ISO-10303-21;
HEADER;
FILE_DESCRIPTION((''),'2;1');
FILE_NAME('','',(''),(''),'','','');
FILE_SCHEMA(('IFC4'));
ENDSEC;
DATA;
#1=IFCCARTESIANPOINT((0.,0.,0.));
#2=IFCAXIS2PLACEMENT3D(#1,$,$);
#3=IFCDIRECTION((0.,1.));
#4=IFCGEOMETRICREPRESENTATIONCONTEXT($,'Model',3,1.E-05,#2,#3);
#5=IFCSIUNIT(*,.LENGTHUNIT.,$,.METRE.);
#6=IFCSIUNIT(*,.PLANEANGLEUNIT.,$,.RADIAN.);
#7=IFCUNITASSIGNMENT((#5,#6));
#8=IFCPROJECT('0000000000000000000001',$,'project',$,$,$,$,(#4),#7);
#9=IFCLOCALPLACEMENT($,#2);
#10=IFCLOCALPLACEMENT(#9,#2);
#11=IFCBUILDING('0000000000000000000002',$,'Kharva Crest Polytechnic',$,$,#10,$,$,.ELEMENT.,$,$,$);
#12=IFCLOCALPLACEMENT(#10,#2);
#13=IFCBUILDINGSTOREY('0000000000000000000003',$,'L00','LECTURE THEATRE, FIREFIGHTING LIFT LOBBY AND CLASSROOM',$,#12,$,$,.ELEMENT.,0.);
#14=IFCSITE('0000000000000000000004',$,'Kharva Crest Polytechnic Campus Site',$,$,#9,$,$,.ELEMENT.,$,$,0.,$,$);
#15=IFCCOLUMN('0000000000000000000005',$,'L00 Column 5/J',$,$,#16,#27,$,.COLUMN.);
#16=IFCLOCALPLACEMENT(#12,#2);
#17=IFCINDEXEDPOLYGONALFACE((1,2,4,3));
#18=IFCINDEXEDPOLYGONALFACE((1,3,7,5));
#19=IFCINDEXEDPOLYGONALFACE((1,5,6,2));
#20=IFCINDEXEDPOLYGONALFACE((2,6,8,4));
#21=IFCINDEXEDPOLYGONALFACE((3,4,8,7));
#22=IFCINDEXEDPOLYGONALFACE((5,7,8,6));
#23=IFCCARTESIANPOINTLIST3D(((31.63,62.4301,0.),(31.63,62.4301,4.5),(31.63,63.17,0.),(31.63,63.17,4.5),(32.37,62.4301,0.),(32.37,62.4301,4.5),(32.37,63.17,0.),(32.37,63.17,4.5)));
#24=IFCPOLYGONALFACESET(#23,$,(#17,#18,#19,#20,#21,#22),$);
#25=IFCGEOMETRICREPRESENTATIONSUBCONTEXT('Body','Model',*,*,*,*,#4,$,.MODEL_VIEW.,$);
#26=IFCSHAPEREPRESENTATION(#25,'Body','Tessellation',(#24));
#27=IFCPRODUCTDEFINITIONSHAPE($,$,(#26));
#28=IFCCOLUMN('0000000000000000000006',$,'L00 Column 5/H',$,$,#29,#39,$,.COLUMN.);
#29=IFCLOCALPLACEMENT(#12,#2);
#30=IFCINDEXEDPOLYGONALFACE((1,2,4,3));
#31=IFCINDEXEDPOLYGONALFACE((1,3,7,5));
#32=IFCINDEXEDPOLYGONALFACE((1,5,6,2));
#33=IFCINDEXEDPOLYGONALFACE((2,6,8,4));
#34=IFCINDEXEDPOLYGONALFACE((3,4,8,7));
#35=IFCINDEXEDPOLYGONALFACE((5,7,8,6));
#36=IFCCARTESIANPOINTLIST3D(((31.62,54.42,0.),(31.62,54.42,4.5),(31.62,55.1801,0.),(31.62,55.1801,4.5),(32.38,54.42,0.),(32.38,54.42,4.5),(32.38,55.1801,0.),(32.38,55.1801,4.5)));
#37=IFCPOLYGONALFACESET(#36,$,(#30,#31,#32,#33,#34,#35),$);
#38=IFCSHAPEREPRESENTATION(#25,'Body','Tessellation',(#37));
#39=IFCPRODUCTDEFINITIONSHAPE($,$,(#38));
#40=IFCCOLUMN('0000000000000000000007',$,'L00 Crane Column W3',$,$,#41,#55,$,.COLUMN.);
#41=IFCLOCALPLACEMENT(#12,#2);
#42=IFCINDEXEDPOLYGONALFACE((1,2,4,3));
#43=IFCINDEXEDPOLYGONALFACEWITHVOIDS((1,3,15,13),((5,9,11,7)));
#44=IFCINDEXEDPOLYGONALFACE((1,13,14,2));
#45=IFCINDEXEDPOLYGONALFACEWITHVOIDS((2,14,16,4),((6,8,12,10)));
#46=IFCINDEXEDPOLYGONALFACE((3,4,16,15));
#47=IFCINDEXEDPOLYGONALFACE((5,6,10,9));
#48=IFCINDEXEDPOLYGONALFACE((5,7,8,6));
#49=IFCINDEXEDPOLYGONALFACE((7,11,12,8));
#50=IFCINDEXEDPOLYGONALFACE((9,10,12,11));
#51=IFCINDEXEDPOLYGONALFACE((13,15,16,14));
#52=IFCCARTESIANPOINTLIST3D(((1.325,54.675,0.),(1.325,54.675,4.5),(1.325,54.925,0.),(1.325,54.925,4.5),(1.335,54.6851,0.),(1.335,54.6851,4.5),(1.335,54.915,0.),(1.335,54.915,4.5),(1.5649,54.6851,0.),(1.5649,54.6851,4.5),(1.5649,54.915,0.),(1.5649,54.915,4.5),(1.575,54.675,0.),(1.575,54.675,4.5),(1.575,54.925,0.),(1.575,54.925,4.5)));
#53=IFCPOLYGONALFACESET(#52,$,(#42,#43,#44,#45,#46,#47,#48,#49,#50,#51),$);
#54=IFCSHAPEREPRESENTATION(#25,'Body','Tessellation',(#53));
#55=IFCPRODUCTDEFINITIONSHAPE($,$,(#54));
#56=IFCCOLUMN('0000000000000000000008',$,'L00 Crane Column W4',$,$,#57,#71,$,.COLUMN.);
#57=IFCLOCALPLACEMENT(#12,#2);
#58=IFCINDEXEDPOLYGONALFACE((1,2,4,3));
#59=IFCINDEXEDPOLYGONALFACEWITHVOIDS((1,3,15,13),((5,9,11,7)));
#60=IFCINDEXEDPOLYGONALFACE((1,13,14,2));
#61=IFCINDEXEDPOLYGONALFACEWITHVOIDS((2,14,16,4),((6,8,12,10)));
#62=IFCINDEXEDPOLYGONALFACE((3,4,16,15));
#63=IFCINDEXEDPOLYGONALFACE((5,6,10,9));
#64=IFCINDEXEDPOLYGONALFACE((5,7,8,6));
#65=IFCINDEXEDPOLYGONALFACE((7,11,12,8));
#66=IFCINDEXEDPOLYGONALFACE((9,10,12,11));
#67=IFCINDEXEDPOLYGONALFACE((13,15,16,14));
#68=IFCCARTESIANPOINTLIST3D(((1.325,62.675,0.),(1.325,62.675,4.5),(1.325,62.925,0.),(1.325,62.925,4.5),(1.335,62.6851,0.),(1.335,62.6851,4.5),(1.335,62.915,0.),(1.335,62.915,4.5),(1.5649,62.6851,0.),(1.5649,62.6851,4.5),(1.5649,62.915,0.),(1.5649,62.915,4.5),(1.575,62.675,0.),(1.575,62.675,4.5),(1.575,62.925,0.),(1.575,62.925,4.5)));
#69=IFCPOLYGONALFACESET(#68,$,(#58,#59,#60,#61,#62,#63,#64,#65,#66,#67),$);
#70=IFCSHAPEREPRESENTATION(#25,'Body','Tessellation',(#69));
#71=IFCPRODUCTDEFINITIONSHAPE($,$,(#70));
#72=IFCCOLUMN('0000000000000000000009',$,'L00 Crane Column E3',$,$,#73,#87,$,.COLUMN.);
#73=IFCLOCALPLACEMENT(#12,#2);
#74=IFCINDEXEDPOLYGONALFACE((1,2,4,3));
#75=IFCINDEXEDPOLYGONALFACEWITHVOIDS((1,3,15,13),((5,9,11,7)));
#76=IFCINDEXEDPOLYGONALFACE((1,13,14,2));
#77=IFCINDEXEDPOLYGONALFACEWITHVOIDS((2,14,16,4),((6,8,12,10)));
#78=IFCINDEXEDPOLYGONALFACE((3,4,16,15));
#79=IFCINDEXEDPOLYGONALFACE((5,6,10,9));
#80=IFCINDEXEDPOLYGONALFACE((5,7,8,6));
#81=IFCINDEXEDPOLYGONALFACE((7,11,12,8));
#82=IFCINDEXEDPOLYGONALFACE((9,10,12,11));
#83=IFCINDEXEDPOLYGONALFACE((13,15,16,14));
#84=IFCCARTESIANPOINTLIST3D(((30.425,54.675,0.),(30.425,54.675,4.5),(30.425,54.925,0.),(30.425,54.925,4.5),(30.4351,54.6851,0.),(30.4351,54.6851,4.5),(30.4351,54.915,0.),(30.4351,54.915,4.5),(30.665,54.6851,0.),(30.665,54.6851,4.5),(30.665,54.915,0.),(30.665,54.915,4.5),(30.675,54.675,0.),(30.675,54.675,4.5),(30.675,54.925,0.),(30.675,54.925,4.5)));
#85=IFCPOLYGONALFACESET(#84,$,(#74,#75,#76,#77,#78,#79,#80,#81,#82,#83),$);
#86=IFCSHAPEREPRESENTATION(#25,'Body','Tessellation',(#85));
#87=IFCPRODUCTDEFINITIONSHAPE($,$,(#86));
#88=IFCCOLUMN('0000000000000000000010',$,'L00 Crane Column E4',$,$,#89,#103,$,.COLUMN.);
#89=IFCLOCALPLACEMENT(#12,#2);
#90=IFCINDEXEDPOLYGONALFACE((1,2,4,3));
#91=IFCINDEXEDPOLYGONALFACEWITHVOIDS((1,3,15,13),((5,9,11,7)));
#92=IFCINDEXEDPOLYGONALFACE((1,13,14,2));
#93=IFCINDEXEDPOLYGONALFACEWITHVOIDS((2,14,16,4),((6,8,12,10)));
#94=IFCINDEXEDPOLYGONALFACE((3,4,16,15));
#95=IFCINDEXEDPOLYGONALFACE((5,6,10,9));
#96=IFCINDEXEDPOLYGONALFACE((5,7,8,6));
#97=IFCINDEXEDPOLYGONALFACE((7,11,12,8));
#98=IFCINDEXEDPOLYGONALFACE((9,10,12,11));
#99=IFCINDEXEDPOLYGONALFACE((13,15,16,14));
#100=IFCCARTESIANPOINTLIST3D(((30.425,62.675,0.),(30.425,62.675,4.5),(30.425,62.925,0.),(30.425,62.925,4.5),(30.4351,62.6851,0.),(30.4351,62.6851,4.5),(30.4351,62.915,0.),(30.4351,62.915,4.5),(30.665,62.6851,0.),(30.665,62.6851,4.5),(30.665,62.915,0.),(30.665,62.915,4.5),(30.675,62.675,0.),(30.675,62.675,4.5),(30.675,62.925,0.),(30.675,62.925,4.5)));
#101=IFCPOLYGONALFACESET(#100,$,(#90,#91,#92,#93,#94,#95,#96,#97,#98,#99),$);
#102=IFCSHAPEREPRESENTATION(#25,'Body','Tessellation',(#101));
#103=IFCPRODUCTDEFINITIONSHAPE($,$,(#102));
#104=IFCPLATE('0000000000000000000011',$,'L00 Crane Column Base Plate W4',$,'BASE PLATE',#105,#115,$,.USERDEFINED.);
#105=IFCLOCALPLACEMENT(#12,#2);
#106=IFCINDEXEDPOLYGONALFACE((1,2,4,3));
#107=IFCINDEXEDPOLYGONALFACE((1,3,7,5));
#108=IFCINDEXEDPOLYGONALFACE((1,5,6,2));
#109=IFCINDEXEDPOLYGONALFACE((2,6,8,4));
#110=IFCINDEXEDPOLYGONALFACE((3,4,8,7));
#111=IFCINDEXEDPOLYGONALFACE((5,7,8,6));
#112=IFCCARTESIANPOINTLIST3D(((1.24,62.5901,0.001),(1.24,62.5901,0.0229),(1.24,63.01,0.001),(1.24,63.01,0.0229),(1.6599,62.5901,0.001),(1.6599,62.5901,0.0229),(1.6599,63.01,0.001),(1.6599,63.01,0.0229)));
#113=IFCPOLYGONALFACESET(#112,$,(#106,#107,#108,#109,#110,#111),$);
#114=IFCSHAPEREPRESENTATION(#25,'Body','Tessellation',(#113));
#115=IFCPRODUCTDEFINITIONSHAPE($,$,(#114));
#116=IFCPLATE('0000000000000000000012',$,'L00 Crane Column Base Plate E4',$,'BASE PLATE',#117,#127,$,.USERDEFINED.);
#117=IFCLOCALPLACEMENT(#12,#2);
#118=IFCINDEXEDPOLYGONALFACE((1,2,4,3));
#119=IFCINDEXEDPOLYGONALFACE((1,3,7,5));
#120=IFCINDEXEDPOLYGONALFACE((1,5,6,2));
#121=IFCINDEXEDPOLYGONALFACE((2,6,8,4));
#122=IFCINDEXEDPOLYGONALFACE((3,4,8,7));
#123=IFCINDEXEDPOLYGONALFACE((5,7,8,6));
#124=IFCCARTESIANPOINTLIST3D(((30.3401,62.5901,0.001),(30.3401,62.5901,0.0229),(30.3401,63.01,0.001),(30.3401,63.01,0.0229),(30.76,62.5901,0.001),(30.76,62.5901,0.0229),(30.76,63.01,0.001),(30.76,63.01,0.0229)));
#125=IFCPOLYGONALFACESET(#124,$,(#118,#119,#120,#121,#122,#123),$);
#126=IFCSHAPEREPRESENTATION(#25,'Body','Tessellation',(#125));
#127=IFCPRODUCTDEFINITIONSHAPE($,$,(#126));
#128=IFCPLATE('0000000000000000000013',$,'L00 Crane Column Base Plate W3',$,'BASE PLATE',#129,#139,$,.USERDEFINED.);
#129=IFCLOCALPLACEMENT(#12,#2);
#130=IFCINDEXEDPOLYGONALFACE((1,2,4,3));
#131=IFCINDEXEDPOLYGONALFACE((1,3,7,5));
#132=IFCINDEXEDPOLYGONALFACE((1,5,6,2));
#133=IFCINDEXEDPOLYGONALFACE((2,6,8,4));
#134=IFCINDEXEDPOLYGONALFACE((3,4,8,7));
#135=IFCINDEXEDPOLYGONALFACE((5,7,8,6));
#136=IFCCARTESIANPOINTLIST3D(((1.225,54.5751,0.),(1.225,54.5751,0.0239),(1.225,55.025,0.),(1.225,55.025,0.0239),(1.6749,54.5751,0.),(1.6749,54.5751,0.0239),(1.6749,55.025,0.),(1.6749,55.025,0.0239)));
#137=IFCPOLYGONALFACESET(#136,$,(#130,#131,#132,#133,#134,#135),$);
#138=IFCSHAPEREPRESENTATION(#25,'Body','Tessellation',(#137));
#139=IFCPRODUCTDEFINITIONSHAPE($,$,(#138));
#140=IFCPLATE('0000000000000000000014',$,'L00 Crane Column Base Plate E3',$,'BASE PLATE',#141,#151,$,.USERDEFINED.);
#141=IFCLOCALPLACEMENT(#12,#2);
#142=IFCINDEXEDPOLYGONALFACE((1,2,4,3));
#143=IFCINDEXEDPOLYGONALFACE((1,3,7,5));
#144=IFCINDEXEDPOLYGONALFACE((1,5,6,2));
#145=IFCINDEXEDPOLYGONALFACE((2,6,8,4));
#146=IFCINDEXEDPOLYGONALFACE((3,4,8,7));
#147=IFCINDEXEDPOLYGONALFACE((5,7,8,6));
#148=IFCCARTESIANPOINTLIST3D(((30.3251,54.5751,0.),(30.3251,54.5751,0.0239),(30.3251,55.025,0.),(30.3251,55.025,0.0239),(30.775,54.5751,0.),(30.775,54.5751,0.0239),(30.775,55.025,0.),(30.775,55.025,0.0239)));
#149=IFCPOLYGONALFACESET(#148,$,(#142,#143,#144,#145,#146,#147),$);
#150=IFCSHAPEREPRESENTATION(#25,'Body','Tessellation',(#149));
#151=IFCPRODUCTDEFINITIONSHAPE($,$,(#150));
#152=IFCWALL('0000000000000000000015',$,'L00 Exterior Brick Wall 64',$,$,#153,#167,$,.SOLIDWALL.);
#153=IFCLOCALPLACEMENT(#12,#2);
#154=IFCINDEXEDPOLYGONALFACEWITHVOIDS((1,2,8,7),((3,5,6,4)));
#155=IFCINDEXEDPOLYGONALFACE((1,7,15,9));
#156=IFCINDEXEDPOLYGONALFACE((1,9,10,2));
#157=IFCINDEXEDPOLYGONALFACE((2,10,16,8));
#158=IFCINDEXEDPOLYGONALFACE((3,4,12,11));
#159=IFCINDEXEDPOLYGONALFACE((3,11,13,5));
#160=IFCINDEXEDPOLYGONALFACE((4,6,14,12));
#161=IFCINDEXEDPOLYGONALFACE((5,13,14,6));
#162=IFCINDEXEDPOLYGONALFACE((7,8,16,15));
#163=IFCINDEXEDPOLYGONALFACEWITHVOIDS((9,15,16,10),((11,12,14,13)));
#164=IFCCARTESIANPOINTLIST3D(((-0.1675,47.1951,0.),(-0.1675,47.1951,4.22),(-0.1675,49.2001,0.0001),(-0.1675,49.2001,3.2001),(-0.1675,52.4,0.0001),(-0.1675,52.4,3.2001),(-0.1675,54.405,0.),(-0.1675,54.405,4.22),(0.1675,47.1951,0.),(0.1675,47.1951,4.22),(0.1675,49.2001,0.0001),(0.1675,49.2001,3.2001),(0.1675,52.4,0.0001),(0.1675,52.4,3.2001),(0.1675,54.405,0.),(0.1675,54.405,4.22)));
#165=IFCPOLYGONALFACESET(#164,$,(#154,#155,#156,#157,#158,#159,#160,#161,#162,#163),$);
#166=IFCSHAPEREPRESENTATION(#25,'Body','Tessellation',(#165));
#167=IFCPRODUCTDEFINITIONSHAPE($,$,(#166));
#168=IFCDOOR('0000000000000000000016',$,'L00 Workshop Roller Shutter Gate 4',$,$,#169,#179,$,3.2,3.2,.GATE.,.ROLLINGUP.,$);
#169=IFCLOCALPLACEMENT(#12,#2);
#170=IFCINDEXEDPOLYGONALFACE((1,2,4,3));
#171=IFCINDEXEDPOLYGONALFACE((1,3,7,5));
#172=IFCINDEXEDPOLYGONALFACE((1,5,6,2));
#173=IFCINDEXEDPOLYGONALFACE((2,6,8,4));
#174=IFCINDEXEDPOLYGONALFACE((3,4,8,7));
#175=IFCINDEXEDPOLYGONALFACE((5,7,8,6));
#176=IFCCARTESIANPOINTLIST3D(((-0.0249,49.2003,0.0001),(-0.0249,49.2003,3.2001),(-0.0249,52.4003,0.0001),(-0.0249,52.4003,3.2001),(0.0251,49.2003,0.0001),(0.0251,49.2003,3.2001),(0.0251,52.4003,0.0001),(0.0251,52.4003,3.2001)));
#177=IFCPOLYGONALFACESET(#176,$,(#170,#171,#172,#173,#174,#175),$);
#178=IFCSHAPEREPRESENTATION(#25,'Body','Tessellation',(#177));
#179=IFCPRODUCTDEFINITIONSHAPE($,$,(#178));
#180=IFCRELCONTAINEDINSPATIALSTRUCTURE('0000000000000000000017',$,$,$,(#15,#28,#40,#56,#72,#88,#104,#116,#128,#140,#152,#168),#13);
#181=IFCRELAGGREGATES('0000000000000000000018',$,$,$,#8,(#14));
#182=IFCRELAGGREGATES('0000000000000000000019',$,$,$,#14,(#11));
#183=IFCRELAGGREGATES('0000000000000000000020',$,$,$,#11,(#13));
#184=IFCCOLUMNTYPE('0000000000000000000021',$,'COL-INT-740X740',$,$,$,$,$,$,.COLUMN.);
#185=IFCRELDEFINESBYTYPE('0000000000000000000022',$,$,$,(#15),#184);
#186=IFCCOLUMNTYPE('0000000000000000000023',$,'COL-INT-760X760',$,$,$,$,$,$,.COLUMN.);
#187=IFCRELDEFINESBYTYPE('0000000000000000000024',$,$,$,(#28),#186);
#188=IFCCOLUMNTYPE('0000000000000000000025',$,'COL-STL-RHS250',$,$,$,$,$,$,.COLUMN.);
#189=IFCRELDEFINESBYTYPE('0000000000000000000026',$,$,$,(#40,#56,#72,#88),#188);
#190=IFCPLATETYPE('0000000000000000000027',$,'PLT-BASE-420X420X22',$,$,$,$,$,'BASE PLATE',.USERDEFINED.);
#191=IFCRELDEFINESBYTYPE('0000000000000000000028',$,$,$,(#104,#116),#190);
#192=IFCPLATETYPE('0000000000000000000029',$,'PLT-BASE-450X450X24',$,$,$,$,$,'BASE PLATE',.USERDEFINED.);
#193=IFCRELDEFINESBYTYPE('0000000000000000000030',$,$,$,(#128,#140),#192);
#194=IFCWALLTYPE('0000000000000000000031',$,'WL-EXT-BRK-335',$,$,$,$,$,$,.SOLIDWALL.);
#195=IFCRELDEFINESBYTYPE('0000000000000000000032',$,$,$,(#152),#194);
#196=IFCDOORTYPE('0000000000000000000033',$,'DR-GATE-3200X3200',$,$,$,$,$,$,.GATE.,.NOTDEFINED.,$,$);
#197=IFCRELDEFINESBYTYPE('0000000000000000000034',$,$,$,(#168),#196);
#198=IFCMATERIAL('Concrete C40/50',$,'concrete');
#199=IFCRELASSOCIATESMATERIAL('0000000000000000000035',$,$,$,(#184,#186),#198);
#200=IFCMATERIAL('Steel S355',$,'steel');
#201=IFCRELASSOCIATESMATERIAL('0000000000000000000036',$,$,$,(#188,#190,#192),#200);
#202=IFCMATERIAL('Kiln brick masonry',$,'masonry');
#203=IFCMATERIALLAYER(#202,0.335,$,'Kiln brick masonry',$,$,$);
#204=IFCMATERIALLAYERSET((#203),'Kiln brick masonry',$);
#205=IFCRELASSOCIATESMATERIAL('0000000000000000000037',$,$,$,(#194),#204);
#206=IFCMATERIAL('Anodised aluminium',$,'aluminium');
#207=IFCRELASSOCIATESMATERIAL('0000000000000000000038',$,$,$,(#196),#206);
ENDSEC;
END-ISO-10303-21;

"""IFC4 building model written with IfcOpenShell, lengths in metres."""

from ifc_helpers import new_model, si_unit, direction, frame, frame_2d, origin, origin_2d, place, context, subcontext, project, spatial, rectangle, hollow_rectangle, extrude, material, layer, layer_set, material_profile, profile_set, type_object, element, fill, save


model = new_model("IFC4")

# Units and contexts
model_context = context("Model", 3, precision=1e-05, world=origin(), true_north=direction((0.0, 1.0)))
body_context = subcontext(model_context, "Body", "Model", "MODEL_VIEW")
ifc_project = project(units=[si_unit("LENGTHUNIT", "METRE"), si_unit("PLANEANGLEUNIT", "RADIAN")], contexts=[model_context])

# Site, building, storey
site_placement = place(None, origin())
site = spatial("IfcSite", under=ifc_project, at=site_placement, Name="Kharva Crest Polytechnic Campus Site", CompositionType="ELEMENT", RefElevation=0.0)
building_placement = place(site_placement, origin())
building = spatial("IfcBuilding", under=site, at=building_placement, Name="Kharva Crest Polytechnic", CompositionType="ELEMENT")
storey_placement = place(building_placement, origin())
storey = spatial("IfcBuildingStorey", under=building, at=storey_placement, Name="L00", Description="LECTURE THEATRE, FIREFIGHTING LIFT LOBBY AND CLASSROOM", CompositionType="ELEMENT", Elevation=0.0)

# Columns
ifc_material_1 = material(Name="Concrete C40/50", Category="concrete")
ifc_material_profile_1 = material_profile(ifc_material_1, rectangle(XDim=0.74, YDim=0.74, at=origin_2d()), Name="RECT 740 X 740")
ifc_profile_set_1 = profile_set([ifc_material_profile_1], Name="Concrete C40/50")
column_type_1 = type_object("IfcColumnType", Name="COL-INT-740X740", PredefinedType="COLUMN", material=ifc_profile_set_1)
column_1_placement = place(storey_placement, frame((32.0, 62.8, 0.0), z_axis=(0.0, 0.0, 1.0), x_axis=(1.0, 0.0, 0.0)))
element("IfcColumn", 1, at=column_1_placement, inside=storey, type_object=column_type_1, Name="L00 Column 5/J", PredefinedType="COLUMN", context=body_context, shape_type="SweptSolid", body=[
    extrude(rectangle(XDim=0.74, YDim=0.74, at=origin_2d()), origin(), (0.0, 0.0, 1.0), 4.5),
])
ifc_material_profile_2 = material_profile(ifc_material_1, rectangle(XDim=0.76, YDim=0.76, at=origin_2d()), Name="RECT 760 X 760")
ifc_profile_set_2 = profile_set([ifc_material_profile_2], Name="Concrete C40/50")
column_type_2 = type_object("IfcColumnType", Name="COL-INT-760X760", PredefinedType="COLUMN", material=ifc_profile_set_2)
column_2_placement = place(storey_placement, frame((32.0, 54.8, 0.0), z_axis=(0.0, 0.0, 1.0), x_axis=(1.0, 0.0, 0.0)))
element("IfcColumn", 2, at=column_2_placement, inside=storey, type_object=column_type_2, Name="L00 Column 5/H", PredefinedType="COLUMN", context=body_context, shape_type="SweptSolid", body=[
    extrude(rectangle(XDim=0.76, YDim=0.76, at=origin_2d()), origin(), (0.0, 0.0, 1.0), 4.5),
])
ifc_material_2 = material(Name="Steel S355", Category="steel")
ifc_material_profile_3 = material_profile(ifc_material_2, hollow_rectangle(XDim=0.25, YDim=0.25, WallThickness=0.01, at=origin_2d()), Name="RHS 250X250X10.0")
ifc_profile_set_3 = profile_set([ifc_material_profile_3], Name="Steel S355")
column_type_3 = type_object("IfcColumnType", Name="COL-STL-RHS250", PredefinedType="COLUMN", material=ifc_profile_set_3)
for number, where, z_axis, x_axis, name in (
    (3, (1.45, 54.8, 0.0), (0.0, 0.0, 1.0), (1.0, 0.0, 0.0), "L00 Crane Column W3"),
    (4, (1.45, 62.8, 0.0), (0.0, 0.0, 1.0), (1.0, 0.0, 0.0), "L00 Crane Column W4"),
    (5, (30.55, 54.8, 0.0), (0.0, 0.0, 1.0), (1.0, 0.0, 0.0), "L00 Crane Column E3"),
    (6, (30.55, 62.8, 0.0), (0.0, 0.0, 1.0), (1.0, 0.0, 0.0), "L00 Crane Column E4"),
):
    element("IfcColumn", number, at=place(storey_placement, frame(where, z_axis=z_axis, x_axis=x_axis)), inside=storey, type_object=column_type_3, Name=name, PredefinedType="COLUMN", context=body_context, shape_type="SweptSolid", body=[
        extrude(hollow_rectangle(XDim=0.25, YDim=0.25, WallThickness=0.01, at=origin_2d()), origin(), (0.0, 0.0, 1.0), 4.5),
    ])

# Plates
plate_type_1 = type_object("IfcPlateType", Name="PLT-BASE-420X420X22", ElementType="BASE PLATE", PredefinedType="USERDEFINED", material=ifc_material_2)
for number, where, z_axis, x_axis, name in (
    (7, (1.45, 62.8, 0.001), (0.0, 0.0, 1.0), (1.0, 0.0, 0.0), "L00 Crane Column Base Plate W4"),
    (8, (30.55, 62.8, 0.001), (0.0, 0.0, 1.0), (1.0, 0.0, 0.0), "L00 Crane Column Base Plate E4"),
):
    element("IfcPlate", number, at=place(storey_placement, frame(where, z_axis=z_axis, x_axis=x_axis)), inside=storey, type_object=plate_type_1, Name=name, ObjectType="BASE PLATE", PredefinedType="USERDEFINED", context=body_context, shape_type="SweptSolid", body=[
        extrude(rectangle(XDim=0.4199, YDim=0.4199, at=origin_2d()), origin(), (0.0, 0.0, 1.0), 0.022),
    ])
plate_type_2 = type_object("IfcPlateType", Name="PLT-BASE-450X450X24", ElementType="BASE PLATE", PredefinedType="USERDEFINED", material=ifc_material_2)
for number, where, z_axis, x_axis, name in (
    (9, (1.45, 54.8, 0.0), (0.0, 0.0, 1.0), (1.0, 0.0, 0.0), "L00 Crane Column Base Plate W3"),
    (10, (30.55, 54.8, 0.0), (0.0, 0.0, 1.0), (1.0, 0.0, 0.0), "L00 Crane Column Base Plate E3"),
):
    element("IfcPlate", number, at=place(storey_placement, frame(where, z_axis=z_axis, x_axis=x_axis)), inside=storey, type_object=plate_type_2, Name=name, ObjectType="BASE PLATE", PredefinedType="USERDEFINED", context=body_context, shape_type="SweptSolid", body=[
        extrude(rectangle(XDim=0.45, YDim=0.45, at=origin_2d()), origin(), (0.0, 0.0, 1.0), 0.0239),
    ])

# Wall, opening, door
ifc_material_3 = material(Name="Kiln brick masonry", Category="masonry")
ifc_layer_1 = layer(ifc_material_3, 0.335, Name="Kiln brick masonry")
ifc_layer_set_1 = layer_set([ifc_layer_1], Name="Kiln brick masonry")
wall_type_1 = type_object("IfcWallType", Name="WL-EXT-BRK-335", PredefinedType="SOLIDWALL", material=ifc_layer_set_1)
wall_1_placement = place(storey_placement, frame((0.0, 54.405, 0.0), z_axis=(0.0, 0.0, 1.0), x_axis=(0.0, -1.0, 0.0)))
wall_1 = element("IfcWall", 11, at=wall_1_placement, inside=storey, type_object=wall_type_1, Name="L00 Exterior Brick Wall 64", PredefinedType="SOLIDWALL", context=body_context, shape_type="SweptSolid", body=[
    extrude(rectangle(XDim=7.21, YDim=0.335, at=frame_2d((3.605, 0.0))), origin(), (0.0, 0.0, 1.0), 4.22),
])
opening_1_placement = place(wall_1_placement, frame((2.0049, 0.0, 0.0)))
opening_1 = element("IfcOpeningElement", 12, at=opening_1_placement, cuts=wall_1, PredefinedType="OPENING", context=body_context, shape_type="SweptSolid", body=[
    extrude(rectangle(XDim=3.2, YDim=3.2, at=frame_2d((1.6001, 1.6001))), frame((0.0, 0.1775, 0.0), z_axis=(0.0, -1.0, 0.0), x_axis=(1.0, 0.0, 0.0)), (0.0, 0.0, 1.0), 0.355),
])
ifc_material_4 = material(Name="Anodised aluminium", Category="aluminium")
door_type = type_object("IfcDoorType", Name="DR-GATE-3200X3200", OperationType="NOTDEFINED", PredefinedType="GATE", material=ifc_material_4)
door_placement = place(opening_1_placement, frame((3.2, 0.0, 0.0), z_axis=(0.0, 0.0, 1.0), x_axis=(-1.0, 0.0, 0.0)))
door = element("IfcDoor", 13, at=door_placement, inside=storey, type_object=door_type, Name="L00 Workshop Roller Shutter Gate 4", OperationType="ROLLINGUP", OverallHeight=3.2, OverallWidth=3.2, PredefinedType="GATE", context=body_context, shape_type="SweptSolid", body=[
    extrude(rectangle(XDim=3.2, YDim=3.2, at=frame_2d((1.6001, 1.6001))), frame((0.0, 0.0249, 0.0), z_axis=(0.0, -1.0, 0.0), x_axis=(1.0, 0.0, 0.0)), (0.0, 0.0, 1.0), 0.05),
])
fill(opening_1, door)

save(model, "model.ifc")
